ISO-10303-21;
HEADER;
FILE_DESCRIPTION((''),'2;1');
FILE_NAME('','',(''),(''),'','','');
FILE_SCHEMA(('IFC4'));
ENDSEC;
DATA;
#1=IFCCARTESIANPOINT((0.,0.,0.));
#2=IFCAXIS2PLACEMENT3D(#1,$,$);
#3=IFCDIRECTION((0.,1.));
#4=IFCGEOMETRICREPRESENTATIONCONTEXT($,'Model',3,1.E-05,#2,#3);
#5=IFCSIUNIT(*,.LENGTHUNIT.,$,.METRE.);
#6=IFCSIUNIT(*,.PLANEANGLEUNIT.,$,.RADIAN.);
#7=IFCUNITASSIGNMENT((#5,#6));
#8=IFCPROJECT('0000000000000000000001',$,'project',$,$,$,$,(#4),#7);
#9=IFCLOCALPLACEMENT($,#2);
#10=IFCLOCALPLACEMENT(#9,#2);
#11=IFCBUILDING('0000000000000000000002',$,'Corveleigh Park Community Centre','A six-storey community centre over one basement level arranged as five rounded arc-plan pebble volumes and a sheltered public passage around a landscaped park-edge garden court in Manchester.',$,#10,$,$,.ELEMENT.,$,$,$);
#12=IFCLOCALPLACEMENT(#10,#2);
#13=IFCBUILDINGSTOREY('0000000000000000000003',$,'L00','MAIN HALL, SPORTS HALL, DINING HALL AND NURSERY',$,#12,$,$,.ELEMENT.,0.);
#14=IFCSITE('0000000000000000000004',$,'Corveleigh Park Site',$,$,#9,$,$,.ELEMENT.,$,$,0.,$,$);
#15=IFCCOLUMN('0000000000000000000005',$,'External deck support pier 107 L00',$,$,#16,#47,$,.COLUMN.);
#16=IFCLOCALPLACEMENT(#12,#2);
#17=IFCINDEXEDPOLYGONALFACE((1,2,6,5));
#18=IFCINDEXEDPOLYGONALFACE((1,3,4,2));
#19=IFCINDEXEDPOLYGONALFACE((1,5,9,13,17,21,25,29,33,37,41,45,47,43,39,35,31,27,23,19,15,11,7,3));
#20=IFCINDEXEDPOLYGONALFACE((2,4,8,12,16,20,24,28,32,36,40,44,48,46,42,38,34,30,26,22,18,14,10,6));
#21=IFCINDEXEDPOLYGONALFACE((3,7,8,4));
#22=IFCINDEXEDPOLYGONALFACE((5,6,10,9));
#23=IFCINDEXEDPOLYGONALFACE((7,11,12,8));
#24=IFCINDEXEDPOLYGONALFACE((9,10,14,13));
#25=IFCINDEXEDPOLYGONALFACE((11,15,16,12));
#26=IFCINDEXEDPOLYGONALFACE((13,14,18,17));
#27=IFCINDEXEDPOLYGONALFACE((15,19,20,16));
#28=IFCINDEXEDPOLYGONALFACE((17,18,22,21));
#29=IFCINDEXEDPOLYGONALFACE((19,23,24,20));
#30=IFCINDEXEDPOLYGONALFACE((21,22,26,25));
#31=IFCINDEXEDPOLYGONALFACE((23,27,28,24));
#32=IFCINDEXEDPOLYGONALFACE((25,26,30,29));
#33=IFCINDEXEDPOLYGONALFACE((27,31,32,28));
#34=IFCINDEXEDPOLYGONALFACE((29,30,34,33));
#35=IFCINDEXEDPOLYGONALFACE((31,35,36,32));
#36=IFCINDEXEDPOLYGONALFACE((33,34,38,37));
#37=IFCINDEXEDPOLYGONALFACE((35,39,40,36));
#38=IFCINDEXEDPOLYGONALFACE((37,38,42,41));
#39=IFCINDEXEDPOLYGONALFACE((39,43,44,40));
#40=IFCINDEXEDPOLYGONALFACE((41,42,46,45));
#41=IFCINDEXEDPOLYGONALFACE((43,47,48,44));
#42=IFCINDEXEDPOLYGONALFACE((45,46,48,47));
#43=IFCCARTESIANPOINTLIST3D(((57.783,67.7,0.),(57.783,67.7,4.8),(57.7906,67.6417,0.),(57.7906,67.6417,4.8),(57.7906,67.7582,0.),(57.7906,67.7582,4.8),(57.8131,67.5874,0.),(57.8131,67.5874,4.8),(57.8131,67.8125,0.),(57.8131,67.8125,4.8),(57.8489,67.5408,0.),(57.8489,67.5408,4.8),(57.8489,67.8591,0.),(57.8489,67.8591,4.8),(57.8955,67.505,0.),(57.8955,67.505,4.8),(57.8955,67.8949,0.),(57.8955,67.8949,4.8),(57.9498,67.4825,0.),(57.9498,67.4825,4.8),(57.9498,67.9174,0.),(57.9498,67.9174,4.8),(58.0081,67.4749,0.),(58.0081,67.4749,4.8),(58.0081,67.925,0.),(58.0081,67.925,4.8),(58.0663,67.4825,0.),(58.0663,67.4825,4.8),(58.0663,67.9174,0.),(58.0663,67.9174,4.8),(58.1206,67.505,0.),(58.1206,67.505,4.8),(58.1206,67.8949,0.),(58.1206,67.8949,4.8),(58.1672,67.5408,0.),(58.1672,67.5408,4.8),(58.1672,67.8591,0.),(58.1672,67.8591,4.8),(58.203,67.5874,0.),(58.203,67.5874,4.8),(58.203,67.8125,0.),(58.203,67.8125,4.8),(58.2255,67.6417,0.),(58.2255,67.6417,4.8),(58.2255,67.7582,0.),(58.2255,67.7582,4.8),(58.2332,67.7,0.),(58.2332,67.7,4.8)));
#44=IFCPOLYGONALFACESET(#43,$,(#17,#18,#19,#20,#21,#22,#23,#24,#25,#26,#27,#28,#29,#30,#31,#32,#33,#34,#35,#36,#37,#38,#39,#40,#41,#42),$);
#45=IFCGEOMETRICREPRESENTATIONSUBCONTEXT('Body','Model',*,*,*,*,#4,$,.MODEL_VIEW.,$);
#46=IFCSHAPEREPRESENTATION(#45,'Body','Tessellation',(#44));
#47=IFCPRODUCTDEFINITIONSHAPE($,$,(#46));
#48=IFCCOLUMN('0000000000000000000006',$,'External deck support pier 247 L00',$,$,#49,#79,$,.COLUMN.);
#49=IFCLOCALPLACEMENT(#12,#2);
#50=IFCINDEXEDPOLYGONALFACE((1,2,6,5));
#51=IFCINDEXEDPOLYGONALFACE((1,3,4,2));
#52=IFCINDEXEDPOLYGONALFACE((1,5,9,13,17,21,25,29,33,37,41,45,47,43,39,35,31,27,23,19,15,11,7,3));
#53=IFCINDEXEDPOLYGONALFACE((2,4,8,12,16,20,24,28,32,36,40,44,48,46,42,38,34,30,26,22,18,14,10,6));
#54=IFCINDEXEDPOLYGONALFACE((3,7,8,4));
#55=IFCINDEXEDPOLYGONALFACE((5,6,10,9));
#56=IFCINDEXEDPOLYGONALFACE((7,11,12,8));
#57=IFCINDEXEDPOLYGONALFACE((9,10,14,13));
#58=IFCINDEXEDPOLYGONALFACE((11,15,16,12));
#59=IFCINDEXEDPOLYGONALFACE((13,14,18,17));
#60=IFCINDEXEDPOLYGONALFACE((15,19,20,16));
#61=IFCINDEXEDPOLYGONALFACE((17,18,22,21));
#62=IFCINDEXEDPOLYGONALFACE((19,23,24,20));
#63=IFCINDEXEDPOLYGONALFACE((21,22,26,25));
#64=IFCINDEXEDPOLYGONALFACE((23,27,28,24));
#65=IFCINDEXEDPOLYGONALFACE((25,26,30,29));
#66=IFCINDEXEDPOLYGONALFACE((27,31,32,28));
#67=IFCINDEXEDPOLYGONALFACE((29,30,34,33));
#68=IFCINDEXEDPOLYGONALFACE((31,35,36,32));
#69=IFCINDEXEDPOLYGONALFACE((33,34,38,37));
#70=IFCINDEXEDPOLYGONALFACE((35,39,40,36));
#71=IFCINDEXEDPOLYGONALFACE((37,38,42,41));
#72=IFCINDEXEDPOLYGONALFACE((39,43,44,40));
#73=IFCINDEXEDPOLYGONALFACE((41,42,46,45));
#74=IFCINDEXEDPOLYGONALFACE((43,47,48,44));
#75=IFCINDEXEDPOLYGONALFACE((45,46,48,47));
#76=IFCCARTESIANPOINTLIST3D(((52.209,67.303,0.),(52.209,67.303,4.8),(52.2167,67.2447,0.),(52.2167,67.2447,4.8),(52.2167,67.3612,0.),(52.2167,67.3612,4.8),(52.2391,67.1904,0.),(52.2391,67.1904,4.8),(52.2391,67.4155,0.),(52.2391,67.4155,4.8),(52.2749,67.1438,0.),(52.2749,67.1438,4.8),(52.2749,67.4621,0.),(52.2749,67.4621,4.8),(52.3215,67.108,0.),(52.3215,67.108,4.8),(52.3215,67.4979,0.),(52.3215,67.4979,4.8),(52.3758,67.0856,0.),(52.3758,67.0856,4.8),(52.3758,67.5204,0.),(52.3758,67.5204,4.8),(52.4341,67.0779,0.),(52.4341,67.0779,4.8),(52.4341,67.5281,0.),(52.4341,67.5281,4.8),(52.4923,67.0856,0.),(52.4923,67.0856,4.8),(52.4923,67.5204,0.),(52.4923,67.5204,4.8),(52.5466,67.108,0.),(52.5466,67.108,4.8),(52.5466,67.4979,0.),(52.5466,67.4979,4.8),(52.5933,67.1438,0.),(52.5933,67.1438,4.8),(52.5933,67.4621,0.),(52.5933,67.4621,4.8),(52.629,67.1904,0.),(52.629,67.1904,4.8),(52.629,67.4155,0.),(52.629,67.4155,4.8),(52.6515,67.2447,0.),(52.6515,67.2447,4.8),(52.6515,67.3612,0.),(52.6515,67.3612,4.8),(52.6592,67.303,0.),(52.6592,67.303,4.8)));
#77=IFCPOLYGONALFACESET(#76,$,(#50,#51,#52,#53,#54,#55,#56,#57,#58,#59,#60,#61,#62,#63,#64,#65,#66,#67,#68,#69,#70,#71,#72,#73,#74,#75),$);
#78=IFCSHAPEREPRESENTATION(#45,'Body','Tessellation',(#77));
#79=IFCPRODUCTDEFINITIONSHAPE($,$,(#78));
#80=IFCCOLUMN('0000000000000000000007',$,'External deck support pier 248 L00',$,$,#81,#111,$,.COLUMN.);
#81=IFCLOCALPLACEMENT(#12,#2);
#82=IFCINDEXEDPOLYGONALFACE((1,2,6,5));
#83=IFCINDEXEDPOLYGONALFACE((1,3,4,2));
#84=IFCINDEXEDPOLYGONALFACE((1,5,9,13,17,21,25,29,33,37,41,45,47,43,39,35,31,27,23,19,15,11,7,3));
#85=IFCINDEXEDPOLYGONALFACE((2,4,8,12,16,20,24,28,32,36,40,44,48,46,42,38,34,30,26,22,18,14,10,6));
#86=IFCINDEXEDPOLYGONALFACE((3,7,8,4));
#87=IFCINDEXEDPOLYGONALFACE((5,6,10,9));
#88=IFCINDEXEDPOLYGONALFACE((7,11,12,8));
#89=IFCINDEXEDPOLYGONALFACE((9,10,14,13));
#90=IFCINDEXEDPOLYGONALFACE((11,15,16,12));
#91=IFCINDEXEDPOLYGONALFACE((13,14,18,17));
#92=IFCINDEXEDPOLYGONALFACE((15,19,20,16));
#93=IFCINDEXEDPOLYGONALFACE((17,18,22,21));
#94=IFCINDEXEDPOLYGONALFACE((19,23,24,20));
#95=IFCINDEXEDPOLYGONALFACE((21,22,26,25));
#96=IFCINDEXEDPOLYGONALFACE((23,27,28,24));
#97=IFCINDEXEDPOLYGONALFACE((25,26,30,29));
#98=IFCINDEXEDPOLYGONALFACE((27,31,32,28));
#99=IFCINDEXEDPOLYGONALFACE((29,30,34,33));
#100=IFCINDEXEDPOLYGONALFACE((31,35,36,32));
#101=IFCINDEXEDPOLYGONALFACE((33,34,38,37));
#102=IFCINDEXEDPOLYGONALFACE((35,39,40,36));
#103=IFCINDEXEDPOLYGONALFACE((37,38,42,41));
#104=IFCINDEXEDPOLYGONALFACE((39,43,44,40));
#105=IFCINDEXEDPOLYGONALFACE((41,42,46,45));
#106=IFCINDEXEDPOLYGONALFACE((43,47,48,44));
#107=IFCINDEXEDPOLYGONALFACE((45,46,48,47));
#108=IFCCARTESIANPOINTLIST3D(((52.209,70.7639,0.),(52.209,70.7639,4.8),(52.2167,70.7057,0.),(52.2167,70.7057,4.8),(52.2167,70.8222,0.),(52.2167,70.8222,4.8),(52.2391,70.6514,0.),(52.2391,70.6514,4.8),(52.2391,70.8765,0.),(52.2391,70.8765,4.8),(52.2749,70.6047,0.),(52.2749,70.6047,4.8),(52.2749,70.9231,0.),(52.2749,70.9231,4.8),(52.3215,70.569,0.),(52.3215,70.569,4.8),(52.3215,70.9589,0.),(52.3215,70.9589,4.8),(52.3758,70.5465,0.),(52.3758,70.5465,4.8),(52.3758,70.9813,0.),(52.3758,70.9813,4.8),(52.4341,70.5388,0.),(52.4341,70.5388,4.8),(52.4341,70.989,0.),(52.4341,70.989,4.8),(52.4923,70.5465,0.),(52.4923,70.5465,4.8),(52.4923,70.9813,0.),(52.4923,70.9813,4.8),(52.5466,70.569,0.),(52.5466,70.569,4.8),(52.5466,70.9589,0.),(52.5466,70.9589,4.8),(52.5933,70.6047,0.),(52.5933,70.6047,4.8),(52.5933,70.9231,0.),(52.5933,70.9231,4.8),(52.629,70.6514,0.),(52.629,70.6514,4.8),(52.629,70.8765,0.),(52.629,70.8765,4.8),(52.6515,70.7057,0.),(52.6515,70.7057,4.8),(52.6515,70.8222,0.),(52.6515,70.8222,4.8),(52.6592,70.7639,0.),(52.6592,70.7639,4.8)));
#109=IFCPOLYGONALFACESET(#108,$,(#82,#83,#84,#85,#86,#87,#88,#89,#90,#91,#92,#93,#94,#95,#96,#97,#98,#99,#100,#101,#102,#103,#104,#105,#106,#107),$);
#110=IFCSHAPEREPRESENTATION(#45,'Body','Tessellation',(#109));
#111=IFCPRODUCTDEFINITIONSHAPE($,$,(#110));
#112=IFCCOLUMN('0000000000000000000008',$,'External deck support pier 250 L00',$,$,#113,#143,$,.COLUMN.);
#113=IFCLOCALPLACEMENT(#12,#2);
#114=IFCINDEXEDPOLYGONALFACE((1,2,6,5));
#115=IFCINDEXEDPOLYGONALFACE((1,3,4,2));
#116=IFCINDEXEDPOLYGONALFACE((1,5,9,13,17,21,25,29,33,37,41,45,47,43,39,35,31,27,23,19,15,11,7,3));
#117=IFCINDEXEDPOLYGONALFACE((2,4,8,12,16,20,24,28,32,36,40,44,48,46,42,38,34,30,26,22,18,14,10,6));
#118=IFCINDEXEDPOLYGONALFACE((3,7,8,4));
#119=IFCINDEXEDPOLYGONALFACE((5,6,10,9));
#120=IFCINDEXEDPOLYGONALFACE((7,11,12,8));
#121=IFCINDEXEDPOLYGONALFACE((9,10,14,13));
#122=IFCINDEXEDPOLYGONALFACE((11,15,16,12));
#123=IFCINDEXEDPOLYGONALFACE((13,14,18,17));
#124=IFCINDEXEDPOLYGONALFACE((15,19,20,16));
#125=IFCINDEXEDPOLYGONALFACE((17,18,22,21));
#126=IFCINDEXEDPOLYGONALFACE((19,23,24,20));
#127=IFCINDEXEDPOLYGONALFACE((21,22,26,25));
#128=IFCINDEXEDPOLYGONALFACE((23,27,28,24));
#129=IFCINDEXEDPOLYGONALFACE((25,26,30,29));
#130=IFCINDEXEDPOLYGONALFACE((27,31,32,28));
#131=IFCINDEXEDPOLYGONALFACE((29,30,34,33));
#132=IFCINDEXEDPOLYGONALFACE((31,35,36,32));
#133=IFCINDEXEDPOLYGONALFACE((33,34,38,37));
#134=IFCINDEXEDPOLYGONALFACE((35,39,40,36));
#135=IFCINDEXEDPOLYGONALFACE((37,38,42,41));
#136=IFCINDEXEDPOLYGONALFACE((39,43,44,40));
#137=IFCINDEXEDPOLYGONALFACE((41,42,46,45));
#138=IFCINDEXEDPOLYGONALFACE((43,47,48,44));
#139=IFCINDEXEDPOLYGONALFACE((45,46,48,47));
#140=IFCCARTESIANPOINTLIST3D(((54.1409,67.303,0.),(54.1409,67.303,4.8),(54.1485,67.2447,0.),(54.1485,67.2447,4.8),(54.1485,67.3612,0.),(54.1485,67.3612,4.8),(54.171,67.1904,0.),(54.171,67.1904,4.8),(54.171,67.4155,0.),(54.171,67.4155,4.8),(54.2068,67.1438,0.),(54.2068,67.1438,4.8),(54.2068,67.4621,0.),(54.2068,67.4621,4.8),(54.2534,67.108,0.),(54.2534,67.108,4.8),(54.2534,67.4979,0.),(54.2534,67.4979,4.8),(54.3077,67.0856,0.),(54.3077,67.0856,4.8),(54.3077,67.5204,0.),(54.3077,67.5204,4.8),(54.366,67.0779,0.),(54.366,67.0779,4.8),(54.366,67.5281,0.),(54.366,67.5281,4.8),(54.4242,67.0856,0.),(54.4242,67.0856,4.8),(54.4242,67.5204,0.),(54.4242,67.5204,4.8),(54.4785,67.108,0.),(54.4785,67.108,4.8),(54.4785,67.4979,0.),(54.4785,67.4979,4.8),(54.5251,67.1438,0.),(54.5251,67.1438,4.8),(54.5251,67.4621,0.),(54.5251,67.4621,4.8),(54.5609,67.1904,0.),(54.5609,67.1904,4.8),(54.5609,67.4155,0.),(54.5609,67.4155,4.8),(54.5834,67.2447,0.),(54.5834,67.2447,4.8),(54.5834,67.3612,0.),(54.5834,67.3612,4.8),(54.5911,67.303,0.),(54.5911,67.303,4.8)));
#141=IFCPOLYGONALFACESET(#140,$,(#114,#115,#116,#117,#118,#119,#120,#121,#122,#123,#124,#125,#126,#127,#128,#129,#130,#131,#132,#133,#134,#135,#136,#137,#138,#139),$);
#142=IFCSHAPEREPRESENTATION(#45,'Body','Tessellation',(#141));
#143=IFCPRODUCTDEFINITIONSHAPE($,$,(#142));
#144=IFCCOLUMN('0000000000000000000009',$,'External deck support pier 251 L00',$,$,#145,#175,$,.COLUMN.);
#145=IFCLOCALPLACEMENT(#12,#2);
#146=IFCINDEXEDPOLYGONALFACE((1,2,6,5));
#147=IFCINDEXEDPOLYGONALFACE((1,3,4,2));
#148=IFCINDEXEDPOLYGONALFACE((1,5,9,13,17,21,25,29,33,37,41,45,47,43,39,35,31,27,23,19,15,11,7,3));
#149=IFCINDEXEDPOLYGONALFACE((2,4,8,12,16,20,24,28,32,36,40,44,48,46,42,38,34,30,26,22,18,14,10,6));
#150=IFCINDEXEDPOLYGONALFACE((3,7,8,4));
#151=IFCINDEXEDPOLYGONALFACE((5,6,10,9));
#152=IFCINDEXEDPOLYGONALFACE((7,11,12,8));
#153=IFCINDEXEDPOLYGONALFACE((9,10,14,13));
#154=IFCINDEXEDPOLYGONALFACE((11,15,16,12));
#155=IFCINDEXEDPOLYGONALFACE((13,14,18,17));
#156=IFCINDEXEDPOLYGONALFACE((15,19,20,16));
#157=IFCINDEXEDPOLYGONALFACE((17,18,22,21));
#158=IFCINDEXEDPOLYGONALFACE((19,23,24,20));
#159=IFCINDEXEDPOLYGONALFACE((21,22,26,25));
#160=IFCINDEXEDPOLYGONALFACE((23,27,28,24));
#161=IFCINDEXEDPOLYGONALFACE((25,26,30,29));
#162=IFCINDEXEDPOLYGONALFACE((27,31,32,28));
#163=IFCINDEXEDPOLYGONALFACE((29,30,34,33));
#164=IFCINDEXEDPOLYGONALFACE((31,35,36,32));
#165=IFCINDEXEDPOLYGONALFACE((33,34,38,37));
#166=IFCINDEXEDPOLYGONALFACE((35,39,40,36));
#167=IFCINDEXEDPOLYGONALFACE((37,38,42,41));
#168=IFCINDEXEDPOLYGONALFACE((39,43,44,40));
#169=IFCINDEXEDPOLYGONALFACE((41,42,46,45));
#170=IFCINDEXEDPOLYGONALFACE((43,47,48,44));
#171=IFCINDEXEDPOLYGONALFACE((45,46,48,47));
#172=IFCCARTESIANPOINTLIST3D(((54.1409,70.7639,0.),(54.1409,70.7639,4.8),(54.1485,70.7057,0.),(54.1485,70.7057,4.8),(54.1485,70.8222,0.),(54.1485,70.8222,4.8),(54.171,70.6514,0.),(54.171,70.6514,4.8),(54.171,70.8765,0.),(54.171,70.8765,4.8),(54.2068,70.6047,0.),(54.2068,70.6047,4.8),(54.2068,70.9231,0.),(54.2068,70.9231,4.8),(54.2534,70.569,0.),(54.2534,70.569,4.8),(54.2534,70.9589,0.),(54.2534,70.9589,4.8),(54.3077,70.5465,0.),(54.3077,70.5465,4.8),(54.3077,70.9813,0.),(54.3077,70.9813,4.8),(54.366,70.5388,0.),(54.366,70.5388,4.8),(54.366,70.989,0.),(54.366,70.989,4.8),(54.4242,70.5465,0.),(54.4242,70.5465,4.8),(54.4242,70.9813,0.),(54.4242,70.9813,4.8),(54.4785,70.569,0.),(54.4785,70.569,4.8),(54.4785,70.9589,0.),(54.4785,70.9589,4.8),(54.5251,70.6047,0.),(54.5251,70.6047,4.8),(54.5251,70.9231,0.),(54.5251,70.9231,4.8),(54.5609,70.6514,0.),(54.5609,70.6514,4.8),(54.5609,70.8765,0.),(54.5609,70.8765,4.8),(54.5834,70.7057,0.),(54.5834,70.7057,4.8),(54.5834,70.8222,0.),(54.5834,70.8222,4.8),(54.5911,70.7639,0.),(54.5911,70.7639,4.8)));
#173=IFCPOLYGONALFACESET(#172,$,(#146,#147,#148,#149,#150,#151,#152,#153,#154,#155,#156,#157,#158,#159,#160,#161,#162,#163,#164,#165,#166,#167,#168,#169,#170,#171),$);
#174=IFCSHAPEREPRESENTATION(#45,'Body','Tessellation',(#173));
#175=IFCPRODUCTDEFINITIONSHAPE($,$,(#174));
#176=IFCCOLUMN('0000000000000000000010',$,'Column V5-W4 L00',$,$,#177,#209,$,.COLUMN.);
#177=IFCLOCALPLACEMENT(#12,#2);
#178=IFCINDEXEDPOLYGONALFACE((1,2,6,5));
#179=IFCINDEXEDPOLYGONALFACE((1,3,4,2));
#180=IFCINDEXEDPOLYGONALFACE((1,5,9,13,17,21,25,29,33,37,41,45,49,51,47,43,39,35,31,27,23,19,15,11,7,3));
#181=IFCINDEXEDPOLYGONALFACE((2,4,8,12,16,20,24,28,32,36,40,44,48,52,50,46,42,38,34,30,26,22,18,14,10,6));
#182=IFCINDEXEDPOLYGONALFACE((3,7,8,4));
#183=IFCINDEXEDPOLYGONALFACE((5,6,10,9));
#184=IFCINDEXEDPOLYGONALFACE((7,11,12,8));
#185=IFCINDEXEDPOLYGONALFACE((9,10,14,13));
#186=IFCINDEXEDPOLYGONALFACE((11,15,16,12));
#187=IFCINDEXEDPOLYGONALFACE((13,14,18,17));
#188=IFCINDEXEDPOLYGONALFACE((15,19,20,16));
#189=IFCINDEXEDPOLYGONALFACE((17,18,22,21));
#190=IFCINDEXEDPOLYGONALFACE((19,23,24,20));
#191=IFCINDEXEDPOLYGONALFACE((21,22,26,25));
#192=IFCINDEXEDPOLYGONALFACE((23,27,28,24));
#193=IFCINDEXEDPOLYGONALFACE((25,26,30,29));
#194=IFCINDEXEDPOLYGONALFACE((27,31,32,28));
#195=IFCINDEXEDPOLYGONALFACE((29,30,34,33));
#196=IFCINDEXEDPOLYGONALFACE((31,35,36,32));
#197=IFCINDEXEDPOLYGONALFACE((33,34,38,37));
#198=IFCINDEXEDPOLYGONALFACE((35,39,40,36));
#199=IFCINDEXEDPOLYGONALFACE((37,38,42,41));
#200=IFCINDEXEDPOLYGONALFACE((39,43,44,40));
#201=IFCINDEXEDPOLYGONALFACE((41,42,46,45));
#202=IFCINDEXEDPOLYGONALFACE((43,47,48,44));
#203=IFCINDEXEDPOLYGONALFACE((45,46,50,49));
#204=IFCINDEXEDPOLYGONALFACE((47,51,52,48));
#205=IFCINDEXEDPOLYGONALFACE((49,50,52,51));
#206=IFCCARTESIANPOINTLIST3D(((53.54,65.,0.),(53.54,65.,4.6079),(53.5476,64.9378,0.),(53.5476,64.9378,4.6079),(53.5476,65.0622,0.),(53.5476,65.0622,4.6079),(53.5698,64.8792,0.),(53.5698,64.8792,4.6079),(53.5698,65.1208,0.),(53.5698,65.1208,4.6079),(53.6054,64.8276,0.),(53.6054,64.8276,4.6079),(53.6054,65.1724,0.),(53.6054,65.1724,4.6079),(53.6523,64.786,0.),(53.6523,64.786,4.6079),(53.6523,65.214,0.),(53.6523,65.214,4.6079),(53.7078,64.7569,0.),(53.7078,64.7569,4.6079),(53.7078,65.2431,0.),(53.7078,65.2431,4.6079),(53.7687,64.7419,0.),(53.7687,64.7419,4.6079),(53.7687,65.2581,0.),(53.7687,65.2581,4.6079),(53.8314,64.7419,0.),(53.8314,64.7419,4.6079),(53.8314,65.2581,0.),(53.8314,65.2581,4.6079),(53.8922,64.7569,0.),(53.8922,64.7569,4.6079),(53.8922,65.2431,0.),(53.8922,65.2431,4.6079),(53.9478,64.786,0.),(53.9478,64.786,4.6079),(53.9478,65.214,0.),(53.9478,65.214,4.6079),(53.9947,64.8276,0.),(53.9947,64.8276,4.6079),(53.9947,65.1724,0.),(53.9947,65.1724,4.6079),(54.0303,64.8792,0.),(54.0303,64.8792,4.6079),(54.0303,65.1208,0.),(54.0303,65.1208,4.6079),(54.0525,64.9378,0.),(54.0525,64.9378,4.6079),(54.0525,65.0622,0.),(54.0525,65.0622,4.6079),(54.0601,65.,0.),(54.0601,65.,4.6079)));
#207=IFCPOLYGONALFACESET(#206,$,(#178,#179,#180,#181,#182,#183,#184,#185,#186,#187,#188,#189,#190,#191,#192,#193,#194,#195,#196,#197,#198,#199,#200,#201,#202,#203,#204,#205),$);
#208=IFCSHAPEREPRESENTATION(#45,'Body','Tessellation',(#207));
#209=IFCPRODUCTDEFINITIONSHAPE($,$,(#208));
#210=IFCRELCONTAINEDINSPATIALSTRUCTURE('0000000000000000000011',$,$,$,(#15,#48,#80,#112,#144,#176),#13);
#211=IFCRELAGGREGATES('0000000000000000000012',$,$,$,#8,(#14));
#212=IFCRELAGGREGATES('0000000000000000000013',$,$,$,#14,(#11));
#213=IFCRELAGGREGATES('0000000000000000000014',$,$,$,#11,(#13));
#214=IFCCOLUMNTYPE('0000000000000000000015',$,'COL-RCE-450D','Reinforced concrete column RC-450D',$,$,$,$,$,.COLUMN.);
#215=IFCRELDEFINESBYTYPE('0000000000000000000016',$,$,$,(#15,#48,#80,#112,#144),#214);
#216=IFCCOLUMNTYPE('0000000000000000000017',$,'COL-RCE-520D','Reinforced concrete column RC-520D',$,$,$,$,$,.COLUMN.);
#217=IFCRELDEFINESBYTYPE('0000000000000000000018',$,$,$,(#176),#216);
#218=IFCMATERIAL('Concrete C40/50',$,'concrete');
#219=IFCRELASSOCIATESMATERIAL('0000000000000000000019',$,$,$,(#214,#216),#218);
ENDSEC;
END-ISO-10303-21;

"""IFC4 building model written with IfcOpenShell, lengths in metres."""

from ifc_helpers import new_model, si_unit, direction, frame, origin, origin_2d, place, context, subcontext, project, spatial, circle, extrude, material, material_profile, profile_set, type_object, element, save


model = new_model("IFC4")

# Units and contexts
model_context = context("Model", 3, precision=1e-05, world=origin(), true_north=direction((0.0, 1.0)))
body_context = subcontext(model_context, "Body", "Model", "MODEL_VIEW")
ifc_project = project(units=[si_unit("LENGTHUNIT", "METRE"), si_unit("PLANEANGLEUNIT", "RADIAN")], contexts=[model_context])

# Site, building, storey
site_placement = place(None, origin())
site = spatial("IfcSite", under=ifc_project, at=site_placement, Name="Corveleigh Park Site", CompositionType="ELEMENT", RefElevation=0.0)
building_placement = place(site_placement, origin())
building = spatial("IfcBuilding", under=site, at=building_placement, Name="Corveleigh Park Community Centre", Description="A six-storey community centre over one basement level arranged as five rounded arc-plan pebble volumes and a sheltered public passage around a landscaped park-edge garden court in Manchester.", CompositionType="ELEMENT")
storey_placement = place(building_placement, origin())
storey = spatial("IfcBuildingStorey", under=building, at=storey_placement, Name="L00", Description="MAIN HALL, SPORTS HALL, DINING HALL AND NURSERY", CompositionType="ELEMENT", Elevation=0.0)

# Columns
ifc_material_1 = material(Name="Concrete C40/50", Category="concrete")
ifc_material_profile_1 = material_profile(ifc_material_1, circle(Radius=0.2251, at=origin_2d()), Name="RC-450D", Category="concrete")
ifc_profile_set_1 = profile_set([ifc_material_profile_1], Name="Concrete C40/50")
column_type_1 = type_object("IfcColumnType", Name="COL-RCE-450D", Description="Reinforced concrete column RC-450D", PredefinedType="COLUMN", material=ifc_profile_set_1)
for number, where, z_axis, x_axis, name in (
    (1, (58.0081, 67.7, 0.0), (0.0, 0.0, 1.0), (1.0, 0.0, 0.0), "External deck support pier 107 L00"),
    (2, (52.4341, 67.303, 0.0), (0.0, 0.0, 1.0), (1.0, 0.0, 0.0), "External deck support pier 247 L00"),
    (3, (52.4341, 70.7639, 0.0), (0.0, 0.0, 1.0), (1.0, 0.0, 0.0), "External deck support pier 248 L00"),
    (4, (54.366, 67.303, 0.0), (0.0, 0.0, 1.0), (1.0, 0.0, 0.0), "External deck support pier 250 L00"),
    (5, (54.366, 70.7639, 0.0), (0.0, 0.0, 1.0), (1.0, 0.0, 0.0), "External deck support pier 251 L00"),
):
    element("IfcColumn", number, at=place(storey_placement, frame(where, z_axis=z_axis, x_axis=x_axis)), inside=storey, type_object=column_type_1, Name=name, PredefinedType="COLUMN", context=body_context, shape_type="SweptSolid", body=[
        extrude(circle(Radius=0.2251, at=origin_2d()), origin(), (0.0, 0.0, 1.0), 4.8),
    ])
ifc_material_profile_2 = material_profile(ifc_material_1, circle(Radius=0.26, at=origin_2d()), Name="RC-520D", Category="concrete")
ifc_profile_set_2 = profile_set([ifc_material_profile_2], Name="Concrete C40/50")
column_type_2 = type_object("IfcColumnType", Name="COL-RCE-520D", Description="Reinforced concrete column RC-520D", PredefinedType="COLUMN", material=ifc_profile_set_2)
column_1_placement = place(storey_placement, frame((53.8, 65.0, 0.0), z_axis=(0.0, 0.0, 1.0), x_axis=(1.0, 0.0, 0.0)))
element("IfcColumn", 6, at=column_1_placement, inside=storey, type_object=column_type_2, Name="Column V5-W4 L00", PredefinedType="COLUMN", context=body_context, shape_type="SweptSolid", body=[
    extrude(circle(Radius=0.26, at=origin_2d()), origin(), (0.0, 0.0, 1.0), 4.6079),
])

save(model, "model.ifc")
